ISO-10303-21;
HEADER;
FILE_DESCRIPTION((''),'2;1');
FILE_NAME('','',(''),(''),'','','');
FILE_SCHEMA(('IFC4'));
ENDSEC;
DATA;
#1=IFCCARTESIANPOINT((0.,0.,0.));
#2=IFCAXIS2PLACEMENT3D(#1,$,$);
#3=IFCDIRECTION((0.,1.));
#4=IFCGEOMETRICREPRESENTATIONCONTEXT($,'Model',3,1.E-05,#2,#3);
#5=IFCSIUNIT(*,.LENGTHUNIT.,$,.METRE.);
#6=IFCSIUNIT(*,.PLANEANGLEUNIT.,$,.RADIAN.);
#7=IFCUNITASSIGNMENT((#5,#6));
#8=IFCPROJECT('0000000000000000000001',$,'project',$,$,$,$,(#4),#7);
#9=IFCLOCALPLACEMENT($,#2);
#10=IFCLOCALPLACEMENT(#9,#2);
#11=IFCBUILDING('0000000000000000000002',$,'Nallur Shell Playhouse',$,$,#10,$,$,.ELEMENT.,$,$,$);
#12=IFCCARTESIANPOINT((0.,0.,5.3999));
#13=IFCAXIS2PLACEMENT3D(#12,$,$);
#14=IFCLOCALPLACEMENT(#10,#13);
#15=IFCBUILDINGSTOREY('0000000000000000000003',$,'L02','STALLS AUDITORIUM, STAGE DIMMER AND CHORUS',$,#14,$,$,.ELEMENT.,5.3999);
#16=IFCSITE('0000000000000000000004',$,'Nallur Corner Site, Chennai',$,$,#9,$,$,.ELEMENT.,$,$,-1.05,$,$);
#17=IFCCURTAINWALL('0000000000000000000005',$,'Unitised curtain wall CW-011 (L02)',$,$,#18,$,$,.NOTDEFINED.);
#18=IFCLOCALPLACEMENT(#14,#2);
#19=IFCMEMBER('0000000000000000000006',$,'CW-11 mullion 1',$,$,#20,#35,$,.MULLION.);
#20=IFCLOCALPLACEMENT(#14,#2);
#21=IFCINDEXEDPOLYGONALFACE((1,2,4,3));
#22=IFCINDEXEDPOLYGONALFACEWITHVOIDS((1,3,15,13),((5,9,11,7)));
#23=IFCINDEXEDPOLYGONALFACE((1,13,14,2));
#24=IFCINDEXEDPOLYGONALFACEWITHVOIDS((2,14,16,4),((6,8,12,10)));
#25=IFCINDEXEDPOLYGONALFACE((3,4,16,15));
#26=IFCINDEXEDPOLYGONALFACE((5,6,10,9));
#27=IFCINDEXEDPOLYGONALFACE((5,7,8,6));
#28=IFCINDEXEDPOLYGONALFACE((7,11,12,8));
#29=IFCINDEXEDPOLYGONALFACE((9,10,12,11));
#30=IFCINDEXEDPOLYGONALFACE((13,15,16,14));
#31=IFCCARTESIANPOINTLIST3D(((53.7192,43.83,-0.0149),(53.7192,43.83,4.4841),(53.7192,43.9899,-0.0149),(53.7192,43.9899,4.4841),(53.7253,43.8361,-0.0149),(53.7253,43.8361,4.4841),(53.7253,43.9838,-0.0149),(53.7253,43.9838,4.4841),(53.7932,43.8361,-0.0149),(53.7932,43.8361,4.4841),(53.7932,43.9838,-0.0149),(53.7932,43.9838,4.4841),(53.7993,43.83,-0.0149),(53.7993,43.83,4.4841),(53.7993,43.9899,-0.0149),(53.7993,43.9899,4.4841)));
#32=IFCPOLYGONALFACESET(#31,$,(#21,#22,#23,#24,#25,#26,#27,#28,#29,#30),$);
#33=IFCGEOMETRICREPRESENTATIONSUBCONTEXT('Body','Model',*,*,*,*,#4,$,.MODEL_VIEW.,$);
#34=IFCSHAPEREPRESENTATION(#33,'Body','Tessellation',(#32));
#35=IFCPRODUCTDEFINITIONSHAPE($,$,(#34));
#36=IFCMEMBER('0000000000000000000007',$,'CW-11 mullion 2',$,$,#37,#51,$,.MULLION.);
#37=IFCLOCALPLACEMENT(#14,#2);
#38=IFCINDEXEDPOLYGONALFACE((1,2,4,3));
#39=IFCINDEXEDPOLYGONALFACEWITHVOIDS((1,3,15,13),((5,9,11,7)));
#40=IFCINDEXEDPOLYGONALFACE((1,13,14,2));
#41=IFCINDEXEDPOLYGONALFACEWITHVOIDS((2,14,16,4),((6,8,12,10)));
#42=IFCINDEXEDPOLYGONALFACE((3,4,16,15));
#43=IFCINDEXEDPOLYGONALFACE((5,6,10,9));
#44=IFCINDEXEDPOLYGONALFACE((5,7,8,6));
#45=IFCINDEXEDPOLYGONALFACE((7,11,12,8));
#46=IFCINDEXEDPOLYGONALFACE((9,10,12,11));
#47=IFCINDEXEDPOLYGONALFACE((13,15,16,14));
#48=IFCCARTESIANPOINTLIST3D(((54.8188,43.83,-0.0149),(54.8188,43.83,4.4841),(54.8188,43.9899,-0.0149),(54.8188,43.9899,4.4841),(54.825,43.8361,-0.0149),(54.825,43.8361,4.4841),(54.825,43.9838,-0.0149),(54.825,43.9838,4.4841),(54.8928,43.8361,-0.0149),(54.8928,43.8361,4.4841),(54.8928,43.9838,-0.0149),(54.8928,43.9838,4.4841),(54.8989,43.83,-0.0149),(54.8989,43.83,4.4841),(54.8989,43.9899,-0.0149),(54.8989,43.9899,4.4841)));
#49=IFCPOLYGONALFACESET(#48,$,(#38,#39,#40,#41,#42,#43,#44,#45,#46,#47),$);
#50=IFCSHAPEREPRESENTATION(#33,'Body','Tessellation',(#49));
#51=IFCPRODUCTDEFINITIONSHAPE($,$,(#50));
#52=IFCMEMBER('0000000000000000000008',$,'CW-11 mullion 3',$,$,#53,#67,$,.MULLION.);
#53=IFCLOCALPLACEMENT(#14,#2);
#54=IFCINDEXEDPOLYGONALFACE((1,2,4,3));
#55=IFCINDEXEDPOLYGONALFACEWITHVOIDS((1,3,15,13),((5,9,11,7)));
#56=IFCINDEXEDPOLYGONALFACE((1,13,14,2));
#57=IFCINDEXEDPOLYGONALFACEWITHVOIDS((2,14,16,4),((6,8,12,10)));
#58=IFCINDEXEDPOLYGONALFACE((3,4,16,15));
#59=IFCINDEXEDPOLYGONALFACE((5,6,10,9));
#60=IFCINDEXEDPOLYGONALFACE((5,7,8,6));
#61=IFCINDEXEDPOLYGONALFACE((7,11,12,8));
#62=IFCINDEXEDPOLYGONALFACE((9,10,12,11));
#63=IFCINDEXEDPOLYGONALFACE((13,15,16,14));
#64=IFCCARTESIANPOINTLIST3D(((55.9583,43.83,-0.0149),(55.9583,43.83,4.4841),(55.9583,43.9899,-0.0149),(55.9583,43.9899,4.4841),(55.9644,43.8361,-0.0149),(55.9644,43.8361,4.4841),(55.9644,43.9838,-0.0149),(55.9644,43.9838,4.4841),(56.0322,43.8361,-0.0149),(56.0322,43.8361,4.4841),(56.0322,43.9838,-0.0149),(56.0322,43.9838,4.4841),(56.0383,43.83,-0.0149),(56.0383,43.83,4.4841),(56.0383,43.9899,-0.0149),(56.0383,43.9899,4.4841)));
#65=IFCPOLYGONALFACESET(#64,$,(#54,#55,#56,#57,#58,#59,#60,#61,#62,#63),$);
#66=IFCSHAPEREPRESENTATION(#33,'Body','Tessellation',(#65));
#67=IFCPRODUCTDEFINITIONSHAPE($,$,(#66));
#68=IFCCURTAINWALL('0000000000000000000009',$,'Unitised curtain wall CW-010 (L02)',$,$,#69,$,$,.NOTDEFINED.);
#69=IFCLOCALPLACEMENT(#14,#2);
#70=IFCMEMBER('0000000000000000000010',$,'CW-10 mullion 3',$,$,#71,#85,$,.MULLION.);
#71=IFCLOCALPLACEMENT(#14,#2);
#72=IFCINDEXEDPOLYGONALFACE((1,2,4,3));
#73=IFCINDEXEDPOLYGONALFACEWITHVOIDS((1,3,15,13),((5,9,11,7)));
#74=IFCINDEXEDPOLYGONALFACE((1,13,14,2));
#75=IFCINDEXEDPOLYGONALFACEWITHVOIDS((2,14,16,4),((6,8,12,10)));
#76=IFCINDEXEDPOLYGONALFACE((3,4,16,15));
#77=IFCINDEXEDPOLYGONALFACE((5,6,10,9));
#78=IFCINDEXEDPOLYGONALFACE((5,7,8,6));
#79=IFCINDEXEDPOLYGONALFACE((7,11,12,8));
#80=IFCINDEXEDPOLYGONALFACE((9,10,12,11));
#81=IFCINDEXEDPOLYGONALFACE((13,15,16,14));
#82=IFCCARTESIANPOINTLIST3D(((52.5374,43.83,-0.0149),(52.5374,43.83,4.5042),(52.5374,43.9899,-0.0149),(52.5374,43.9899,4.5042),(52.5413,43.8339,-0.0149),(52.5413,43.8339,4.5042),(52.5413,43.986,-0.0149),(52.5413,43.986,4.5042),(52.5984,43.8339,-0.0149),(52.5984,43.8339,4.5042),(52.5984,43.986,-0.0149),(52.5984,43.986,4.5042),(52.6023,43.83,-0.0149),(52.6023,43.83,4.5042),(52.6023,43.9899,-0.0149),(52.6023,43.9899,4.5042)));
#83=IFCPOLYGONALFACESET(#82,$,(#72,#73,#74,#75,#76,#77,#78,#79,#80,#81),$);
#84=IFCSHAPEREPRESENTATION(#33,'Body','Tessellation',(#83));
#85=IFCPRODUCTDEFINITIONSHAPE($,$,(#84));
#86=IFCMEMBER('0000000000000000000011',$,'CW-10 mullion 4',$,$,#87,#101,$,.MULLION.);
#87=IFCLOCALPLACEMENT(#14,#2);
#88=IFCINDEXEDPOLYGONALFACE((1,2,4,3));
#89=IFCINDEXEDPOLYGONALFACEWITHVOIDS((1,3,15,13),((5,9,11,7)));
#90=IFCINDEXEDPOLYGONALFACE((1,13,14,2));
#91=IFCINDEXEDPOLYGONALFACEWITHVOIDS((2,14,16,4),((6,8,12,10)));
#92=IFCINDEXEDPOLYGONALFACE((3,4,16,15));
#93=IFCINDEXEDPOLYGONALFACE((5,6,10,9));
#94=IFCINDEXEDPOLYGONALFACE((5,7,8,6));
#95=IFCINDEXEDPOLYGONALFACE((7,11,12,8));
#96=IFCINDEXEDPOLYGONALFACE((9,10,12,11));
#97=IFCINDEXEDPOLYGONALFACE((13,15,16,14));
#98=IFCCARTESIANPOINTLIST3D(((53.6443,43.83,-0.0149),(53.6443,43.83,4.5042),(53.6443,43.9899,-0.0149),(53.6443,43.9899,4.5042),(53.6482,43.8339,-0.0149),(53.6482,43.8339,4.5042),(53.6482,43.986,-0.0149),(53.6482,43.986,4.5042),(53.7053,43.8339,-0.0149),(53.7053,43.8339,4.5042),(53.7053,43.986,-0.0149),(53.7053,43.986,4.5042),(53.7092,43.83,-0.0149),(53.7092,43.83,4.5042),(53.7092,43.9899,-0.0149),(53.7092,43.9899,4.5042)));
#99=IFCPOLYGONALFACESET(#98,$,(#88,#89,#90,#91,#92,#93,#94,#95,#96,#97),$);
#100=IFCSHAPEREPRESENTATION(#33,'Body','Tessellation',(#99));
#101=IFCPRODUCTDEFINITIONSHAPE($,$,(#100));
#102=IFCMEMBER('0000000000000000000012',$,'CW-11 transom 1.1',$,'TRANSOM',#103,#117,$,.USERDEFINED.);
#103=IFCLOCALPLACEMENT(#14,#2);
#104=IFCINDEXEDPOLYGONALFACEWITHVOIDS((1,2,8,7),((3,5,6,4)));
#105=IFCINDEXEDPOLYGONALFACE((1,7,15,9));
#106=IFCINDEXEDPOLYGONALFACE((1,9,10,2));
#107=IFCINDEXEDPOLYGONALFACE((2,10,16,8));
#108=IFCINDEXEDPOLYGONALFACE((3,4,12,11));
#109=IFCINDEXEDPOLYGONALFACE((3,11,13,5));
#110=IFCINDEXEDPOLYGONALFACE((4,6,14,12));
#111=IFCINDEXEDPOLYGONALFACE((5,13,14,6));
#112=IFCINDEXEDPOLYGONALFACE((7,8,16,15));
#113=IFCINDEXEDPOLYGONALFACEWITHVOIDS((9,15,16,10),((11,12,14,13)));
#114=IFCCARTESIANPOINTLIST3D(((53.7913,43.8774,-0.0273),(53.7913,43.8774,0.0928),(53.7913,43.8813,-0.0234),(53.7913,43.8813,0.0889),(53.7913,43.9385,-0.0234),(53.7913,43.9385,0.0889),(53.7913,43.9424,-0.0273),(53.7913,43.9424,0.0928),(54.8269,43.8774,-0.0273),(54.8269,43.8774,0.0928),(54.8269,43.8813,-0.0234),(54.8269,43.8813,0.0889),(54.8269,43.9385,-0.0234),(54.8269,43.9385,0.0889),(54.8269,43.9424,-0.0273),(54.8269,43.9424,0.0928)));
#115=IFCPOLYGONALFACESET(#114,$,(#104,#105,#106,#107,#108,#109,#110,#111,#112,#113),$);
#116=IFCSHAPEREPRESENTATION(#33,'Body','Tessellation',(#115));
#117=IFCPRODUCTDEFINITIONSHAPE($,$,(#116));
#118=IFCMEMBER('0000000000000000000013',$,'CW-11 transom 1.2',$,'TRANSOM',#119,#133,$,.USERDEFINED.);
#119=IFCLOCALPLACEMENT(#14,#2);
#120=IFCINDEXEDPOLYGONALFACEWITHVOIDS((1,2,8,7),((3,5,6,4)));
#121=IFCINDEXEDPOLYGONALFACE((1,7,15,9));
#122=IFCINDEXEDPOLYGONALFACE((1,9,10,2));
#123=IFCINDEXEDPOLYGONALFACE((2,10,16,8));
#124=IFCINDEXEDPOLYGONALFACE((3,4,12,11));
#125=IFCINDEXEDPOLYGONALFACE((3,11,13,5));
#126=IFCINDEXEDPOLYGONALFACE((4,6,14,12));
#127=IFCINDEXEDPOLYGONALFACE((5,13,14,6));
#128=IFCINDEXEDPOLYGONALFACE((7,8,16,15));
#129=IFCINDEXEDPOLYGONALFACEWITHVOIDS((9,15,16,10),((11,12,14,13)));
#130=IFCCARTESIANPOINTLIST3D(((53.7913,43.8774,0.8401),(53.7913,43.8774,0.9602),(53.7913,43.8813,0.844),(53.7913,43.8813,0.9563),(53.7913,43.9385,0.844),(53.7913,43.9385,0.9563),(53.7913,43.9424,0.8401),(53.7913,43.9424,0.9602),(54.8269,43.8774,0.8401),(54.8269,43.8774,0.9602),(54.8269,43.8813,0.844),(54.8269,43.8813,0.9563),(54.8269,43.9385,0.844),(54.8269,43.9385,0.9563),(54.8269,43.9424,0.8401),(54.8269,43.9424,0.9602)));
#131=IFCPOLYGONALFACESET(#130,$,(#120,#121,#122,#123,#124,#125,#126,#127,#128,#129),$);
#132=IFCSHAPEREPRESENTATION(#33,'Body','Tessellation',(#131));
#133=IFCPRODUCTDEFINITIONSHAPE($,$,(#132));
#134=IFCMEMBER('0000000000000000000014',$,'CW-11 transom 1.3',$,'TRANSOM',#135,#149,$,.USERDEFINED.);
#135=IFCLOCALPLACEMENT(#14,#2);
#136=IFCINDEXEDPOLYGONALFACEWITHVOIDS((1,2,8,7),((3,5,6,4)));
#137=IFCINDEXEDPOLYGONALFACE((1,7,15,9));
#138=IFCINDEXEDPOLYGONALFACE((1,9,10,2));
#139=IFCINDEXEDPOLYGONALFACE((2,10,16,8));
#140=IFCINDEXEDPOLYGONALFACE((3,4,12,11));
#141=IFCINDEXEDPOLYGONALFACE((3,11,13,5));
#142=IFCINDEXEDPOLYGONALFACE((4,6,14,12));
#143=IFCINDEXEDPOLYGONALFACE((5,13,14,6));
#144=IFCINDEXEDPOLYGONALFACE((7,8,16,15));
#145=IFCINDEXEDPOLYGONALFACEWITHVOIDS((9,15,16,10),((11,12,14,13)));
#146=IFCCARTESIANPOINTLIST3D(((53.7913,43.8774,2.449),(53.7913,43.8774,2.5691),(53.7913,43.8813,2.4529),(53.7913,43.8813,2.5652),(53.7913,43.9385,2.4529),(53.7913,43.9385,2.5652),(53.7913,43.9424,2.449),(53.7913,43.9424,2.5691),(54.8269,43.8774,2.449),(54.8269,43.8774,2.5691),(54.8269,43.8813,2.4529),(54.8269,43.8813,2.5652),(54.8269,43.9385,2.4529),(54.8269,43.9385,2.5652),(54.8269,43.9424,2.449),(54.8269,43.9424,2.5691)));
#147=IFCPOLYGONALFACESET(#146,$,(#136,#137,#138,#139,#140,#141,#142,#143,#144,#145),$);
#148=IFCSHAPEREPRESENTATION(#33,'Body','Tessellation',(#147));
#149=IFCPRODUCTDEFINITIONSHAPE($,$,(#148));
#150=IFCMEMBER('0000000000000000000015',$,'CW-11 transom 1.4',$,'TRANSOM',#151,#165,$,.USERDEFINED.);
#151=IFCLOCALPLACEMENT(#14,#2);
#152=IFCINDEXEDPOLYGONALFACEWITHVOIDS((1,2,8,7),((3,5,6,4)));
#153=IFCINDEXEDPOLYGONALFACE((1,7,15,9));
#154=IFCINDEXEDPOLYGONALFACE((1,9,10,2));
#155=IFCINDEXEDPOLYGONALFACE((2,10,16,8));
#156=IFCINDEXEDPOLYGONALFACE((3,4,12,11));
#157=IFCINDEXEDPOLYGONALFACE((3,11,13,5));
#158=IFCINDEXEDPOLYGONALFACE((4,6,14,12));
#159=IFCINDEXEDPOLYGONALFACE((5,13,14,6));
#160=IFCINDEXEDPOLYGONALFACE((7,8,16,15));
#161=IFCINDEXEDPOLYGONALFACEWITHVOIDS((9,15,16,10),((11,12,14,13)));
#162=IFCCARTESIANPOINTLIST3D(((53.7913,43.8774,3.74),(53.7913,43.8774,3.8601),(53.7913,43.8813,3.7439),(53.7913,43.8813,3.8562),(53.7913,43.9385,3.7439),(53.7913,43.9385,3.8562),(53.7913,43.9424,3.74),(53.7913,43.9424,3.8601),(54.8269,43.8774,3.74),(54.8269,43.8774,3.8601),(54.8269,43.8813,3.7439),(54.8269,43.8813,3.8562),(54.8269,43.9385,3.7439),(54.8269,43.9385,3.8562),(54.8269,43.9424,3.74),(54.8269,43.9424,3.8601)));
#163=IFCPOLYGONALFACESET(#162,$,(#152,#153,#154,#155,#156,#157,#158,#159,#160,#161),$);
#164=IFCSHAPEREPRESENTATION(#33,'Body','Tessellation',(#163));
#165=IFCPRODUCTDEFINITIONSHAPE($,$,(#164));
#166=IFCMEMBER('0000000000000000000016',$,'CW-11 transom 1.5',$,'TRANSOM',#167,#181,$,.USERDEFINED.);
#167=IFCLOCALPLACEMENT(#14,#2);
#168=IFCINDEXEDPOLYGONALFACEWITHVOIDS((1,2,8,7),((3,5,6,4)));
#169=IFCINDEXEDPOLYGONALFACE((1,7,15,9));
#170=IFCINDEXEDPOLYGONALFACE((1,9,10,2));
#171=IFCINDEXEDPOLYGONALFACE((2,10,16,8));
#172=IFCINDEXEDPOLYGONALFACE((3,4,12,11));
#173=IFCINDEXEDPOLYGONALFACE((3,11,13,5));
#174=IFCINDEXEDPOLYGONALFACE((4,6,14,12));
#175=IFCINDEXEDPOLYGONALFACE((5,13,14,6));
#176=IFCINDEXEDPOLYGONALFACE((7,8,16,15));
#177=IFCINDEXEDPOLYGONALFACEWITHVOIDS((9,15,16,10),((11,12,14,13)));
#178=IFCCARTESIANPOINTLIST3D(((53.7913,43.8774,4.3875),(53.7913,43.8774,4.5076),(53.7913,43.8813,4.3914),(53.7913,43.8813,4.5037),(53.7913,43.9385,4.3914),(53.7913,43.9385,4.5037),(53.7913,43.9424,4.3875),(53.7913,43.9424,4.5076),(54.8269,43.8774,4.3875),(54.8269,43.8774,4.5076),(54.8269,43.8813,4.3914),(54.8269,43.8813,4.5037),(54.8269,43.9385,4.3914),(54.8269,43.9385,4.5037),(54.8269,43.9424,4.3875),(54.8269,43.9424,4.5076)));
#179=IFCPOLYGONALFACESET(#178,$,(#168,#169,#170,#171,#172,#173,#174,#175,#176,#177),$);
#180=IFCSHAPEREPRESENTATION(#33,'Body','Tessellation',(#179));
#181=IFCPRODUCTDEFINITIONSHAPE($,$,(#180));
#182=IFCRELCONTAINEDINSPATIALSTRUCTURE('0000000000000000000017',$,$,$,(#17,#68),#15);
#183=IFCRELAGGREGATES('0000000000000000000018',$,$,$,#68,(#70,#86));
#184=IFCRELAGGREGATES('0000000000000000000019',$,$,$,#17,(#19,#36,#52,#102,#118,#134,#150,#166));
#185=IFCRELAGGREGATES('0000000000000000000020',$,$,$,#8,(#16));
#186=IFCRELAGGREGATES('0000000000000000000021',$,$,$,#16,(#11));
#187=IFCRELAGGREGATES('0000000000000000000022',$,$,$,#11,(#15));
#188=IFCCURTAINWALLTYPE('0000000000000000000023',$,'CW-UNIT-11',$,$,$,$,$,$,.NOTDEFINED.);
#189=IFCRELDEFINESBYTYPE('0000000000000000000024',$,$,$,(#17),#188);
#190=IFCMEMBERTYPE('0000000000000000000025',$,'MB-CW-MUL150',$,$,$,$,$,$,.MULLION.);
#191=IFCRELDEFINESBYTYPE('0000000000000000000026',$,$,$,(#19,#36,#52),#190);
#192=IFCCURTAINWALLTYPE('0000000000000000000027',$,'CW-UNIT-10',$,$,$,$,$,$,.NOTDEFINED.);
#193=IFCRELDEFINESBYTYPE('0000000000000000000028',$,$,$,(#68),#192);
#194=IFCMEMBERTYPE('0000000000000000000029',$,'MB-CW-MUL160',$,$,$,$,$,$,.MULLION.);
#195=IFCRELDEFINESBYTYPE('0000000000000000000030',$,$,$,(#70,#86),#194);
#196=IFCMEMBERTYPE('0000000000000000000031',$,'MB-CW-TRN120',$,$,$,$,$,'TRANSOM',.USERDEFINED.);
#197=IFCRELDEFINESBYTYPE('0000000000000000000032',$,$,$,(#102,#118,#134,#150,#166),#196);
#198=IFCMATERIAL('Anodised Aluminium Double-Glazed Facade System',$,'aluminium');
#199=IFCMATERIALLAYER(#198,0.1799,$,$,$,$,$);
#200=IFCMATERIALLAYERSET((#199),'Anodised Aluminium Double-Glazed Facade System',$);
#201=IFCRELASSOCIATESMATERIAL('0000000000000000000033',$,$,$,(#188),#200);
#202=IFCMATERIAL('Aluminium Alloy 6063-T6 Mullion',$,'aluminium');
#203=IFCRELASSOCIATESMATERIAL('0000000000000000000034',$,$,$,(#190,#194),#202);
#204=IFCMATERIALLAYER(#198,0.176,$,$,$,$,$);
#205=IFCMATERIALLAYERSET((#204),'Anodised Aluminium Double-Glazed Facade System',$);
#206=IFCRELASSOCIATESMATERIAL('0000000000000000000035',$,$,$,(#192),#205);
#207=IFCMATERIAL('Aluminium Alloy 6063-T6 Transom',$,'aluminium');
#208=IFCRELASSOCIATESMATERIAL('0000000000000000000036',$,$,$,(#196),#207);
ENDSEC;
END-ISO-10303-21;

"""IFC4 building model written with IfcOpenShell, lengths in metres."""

from ifc_helpers import new_model, si_unit, direction, frame, origin, origin_2d, place, context, subcontext, project, spatial, hollow_rectangle, extrude, material, layer, layer_set, material_profile, profile_set, type_object, element, aggregate, save


model = new_model("IFC4")

# Units and contexts
model_context = context("Model", 3, precision=1e-05, world=origin(), true_north=direction((0.0, 1.0)))
body_context = subcontext(model_context, "Body", "Model", "MODEL_VIEW")
ifc_project = project(units=[si_unit("LENGTHUNIT", "METRE"), si_unit("PLANEANGLEUNIT", "RADIAN")], contexts=[model_context])

# Site, building, storey
site_placement = place(None, origin())
site = spatial("IfcSite", under=ifc_project, at=site_placement, Name="Nallur Corner Site, Chennai", CompositionType="ELEMENT", RefElevation=-1.05)
building_placement = place(site_placement, origin())
building = spatial("IfcBuilding", under=site, at=building_placement, Name="Nallur Shell Playhouse", CompositionType="ELEMENT")
storey_placement = place(building_placement, frame((0.0, 0.0, 5.3999)))
storey = spatial("IfcBuildingStorey", under=building, at=storey_placement, Name="L02", Description="STALLS AUDITORIUM, STAGE DIMMER AND CHORUS", CompositionType="ELEMENT", Elevation=5.3999)

# Curtain walls, members
ifc_material_1 = material(Name="Anodised Aluminium Double-Glazed Facade System", Category="aluminium")
ifc_layer_1 = layer(ifc_material_1, 0.1799)
ifc_layer_set_1 = layer_set([ifc_layer_1], Name="Anodised Aluminium Double-Glazed Facade System")
curtain_wall_type_1 = type_object("IfcCurtainWallType", Name="CW-UNIT-11", PredefinedType="NOTDEFINED", material=ifc_layer_set_1)
curtain_wall_1_placement = place(storey_placement, origin())
curtain_wall_1 = element("IfcCurtainWall", 1, at=curtain_wall_1_placement, inside=storey, type_object=curtain_wall_type_1, Name="Unitised curtain wall CW-011 (L02)", PredefinedType="NOTDEFINED")
ifc_material_2 = material(Name="Aluminium Alloy 6063-T6 Mullion", Category="aluminium")
ifc_material_profile_1 = material_profile(ifc_material_2, hollow_rectangle(XDim=0.0801, YDim=0.1599, WallThickness=0.0061, at=origin_2d()), Name="RHS 160x80x6")
ifc_profile_set_1 = profile_set([ifc_material_profile_1], Name="Aluminium Alloy 6063-T6 Mullion")
member_type_1 = type_object("IfcMemberType", Name="MB-CW-MUL150", PredefinedType="MULLION", material=ifc_profile_set_1)
member_1_placement = place(storey_placement, frame((53.7593, 43.9099, -0.0149), z_axis=(0.0, 0.0, 1.0), x_axis=(1.0, 0.0, 0.0)))
member_1 = element("IfcMember", 2, at=member_1_placement, type_object=member_type_1, Name="CW-11 mullion 1", PredefinedType="MULLION", context=body_context, shape_type="SweptSolid", body=[
    extrude(hollow_rectangle(XDim=0.0801, YDim=0.1599, WallThickness=0.0061, at=origin_2d()), origin(), (0.0, 0.0, 1.0), 4.499),
])
member_2_placement = place(storey_placement, frame((54.8589, 43.9099, -0.0149), z_axis=(0.0, 0.0, 1.0), x_axis=(1.0, 0.0, 0.0)))
member_2 = element("IfcMember", 3, at=member_2_placement, type_object=member_type_1, Name="CW-11 mullion 2", PredefinedType="MULLION", context=body_context, shape_type="SweptSolid", body=[
    extrude(hollow_rectangle(XDim=0.0801, YDim=0.1599, WallThickness=0.0061, at=origin_2d()), origin(), (0.0, 0.0, 1.0), 4.499),
])
member_3_placement = place(storey_placement, frame((55.9983, 43.9099, -0.0149), z_axis=(0.0, 0.0, 1.0), x_axis=(1.0, 0.0, 0.0)))
member_3 = element("IfcMember", 4, at=member_3_placement, type_object=member_type_1, Name="CW-11 mullion 3", PredefinedType="MULLION", context=body_context, shape_type="SweptSolid", body=[
    extrude(hollow_rectangle(XDim=0.0801, YDim=0.1599, WallThickness=0.0061, at=origin_2d()), origin(), (0.0, 0.0, 1.0), 4.499),
])
ifc_layer_2 = layer(ifc_material_1, 0.176)
ifc_layer_set_2 = layer_set([ifc_layer_2], Name="Anodised Aluminium Double-Glazed Facade System")
curtain_wall_type_2 = type_object("IfcCurtainWallType", Name="CW-UNIT-10", PredefinedType="NOTDEFINED", material=ifc_layer_set_2)
curtain_wall_2_placement = place(storey_placement, origin())
curtain_wall_2 = element("IfcCurtainWall", 5, at=curtain_wall_2_placement, inside=storey, type_object=curtain_wall_type_2, Name="Unitised curtain wall CW-010 (L02)", PredefinedType="NOTDEFINED")
ifc_material_profile_2 = material_profile(ifc_material_2, hollow_rectangle(XDim=0.0649, YDim=0.1599, WallThickness=0.0039, at=origin_2d()), Name="ALU 65x160x4")
ifc_profile_set_2 = profile_set([ifc_material_profile_2], Name="Aluminium Alloy 6063-T6 Mullion")
member_type_2 = type_object("IfcMemberType", Name="MB-CW-MUL160", PredefinedType="MULLION", material=ifc_profile_set_2)
member_4_placement = place(storey_placement, frame((52.5698, 43.9099, -0.0149), z_axis=(0.0, 0.0, 1.0), x_axis=(1.0, 0.0, 0.0)))
member_4 = element("IfcMember", 6, at=member_4_placement, type_object=member_type_2, Name="CW-10 mullion 3", PredefinedType="MULLION", context=body_context, shape_type="SweptSolid", body=[
    extrude(hollow_rectangle(XDim=0.0649, YDim=0.1599, WallThickness=0.0039, at=origin_2d()), origin(), (0.0, 0.0, 1.0), 4.519),
])
member_5_placement = place(storey_placement, frame((53.6768, 43.9099, -0.0149), z_axis=(0.0, 0.0, 1.0), x_axis=(1.0, 0.0, 0.0)))
member_5 = element("IfcMember", 7, at=member_5_placement, type_object=member_type_2, Name="CW-10 mullion 4", PredefinedType="MULLION", context=body_context, shape_type="SweptSolid", body=[
    extrude(hollow_rectangle(XDim=0.0649, YDim=0.1599, WallThickness=0.0039, at=origin_2d()), origin(), (0.0, 0.0, 1.0), 4.519),
])

# Members
ifc_material_3 = material(Name="Aluminium Alloy 6063-T6 Transom", Category="aluminium")
ifc_material_profile_3 = material_profile(ifc_material_3, hollow_rectangle(XDim=0.0649, YDim=0.1201, WallThickness=0.0039, at=origin_2d()), Name="ALU 65x120x4")
ifc_profile_set_3 = profile_set([ifc_material_profile_3], Name="Aluminium Alloy 6063-T6 Transom")
member_type_3 = type_object("IfcMemberType", Name="MB-CW-TRN120", ElementType="TRANSOM", PredefinedType="USERDEFINED", material=ifc_profile_set_3)
member_6_placement = place(storey_placement, frame((53.7913, 43.9099, 0.0327), z_axis=(1.0, 0.0, 0.0), x_axis=(0.0, 1.0, 0.0)))
member_6 = element("IfcMember", 8, at=member_6_placement, type_object=member_type_3, Name="CW-11 transom 1.1", ObjectType="TRANSOM", PredefinedType="USERDEFINED", context=body_context, shape_type="SweptSolid", body=[
    extrude(hollow_rectangle(XDim=0.0649, YDim=0.1201, WallThickness=0.0039, at=origin_2d()), origin(), (0.0, 0.0, 1.0), 1.0356),
])
member_7_placement = place(storey_placement, frame((53.7913, 43.9099, 0.9001), z_axis=(1.0, 0.0, 0.0), x_axis=(0.0, 1.0, 0.0)))
member_7 = element("IfcMember", 9, at=member_7_placement, type_object=member_type_3, Name="CW-11 transom 1.2", ObjectType="TRANSOM", PredefinedType="USERDEFINED", context=body_context, shape_type="SweptSolid", body=[
    extrude(hollow_rectangle(XDim=0.0649, YDim=0.1201, WallThickness=0.0039, at=origin_2d()), origin(), (0.0, 0.0, 1.0), 1.0356),
])
member_8_placement = place(storey_placement, frame((53.7913, 43.9099, 2.509), z_axis=(1.0, 0.0, 0.0), x_axis=(0.0, 1.0, 0.0)))
member_8 = element("IfcMember", 10, at=member_8_placement, type_object=member_type_3, Name="CW-11 transom 1.3", ObjectType="TRANSOM", PredefinedType="USERDEFINED", context=body_context, shape_type="SweptSolid", body=[
    extrude(hollow_rectangle(XDim=0.0649, YDim=0.1201, WallThickness=0.0039, at=origin_2d()), origin(), (0.0, 0.0, 1.0), 1.0356),
])
member_9_placement = place(storey_placement, frame((53.7913, 43.9099, 3.8), z_axis=(1.0, 0.0, 0.0), x_axis=(0.0, 1.0, 0.0)))
member_9 = element("IfcMember", 11, at=member_9_placement, type_object=member_type_3, Name="CW-11 transom 1.4", ObjectType="TRANSOM", PredefinedType="USERDEFINED", context=body_context, shape_type="SweptSolid", body=[
    extrude(hollow_rectangle(XDim=0.0649, YDim=0.1201, WallThickness=0.0039, at=origin_2d()), origin(), (0.0, 0.0, 1.0), 1.0356),
])
member_10_placement = place(storey_placement, frame((53.7913, 43.9099, 4.4475), z_axis=(1.0, 0.0, 0.0), x_axis=(0.0, 1.0, 0.0)))
member_10 = element("IfcMember", 12, at=member_10_placement, type_object=member_type_3, Name="CW-11 transom 1.5", ObjectType="TRANSOM", PredefinedType="USERDEFINED", context=body_context, shape_type="SweptSolid", body=[
    extrude(hollow_rectangle(XDim=0.0649, YDim=0.1201, WallThickness=0.0039, at=origin_2d()), origin(), (0.0, 0.0, 1.0), 1.0356),
])

aggregate(curtain_wall_2, [member_4, member_5])
aggregate(curtain_wall_1, [member_1, member_2, member_3, member_6, member_7, member_8, member_9, member_10])

save(model, "model.ifc")
